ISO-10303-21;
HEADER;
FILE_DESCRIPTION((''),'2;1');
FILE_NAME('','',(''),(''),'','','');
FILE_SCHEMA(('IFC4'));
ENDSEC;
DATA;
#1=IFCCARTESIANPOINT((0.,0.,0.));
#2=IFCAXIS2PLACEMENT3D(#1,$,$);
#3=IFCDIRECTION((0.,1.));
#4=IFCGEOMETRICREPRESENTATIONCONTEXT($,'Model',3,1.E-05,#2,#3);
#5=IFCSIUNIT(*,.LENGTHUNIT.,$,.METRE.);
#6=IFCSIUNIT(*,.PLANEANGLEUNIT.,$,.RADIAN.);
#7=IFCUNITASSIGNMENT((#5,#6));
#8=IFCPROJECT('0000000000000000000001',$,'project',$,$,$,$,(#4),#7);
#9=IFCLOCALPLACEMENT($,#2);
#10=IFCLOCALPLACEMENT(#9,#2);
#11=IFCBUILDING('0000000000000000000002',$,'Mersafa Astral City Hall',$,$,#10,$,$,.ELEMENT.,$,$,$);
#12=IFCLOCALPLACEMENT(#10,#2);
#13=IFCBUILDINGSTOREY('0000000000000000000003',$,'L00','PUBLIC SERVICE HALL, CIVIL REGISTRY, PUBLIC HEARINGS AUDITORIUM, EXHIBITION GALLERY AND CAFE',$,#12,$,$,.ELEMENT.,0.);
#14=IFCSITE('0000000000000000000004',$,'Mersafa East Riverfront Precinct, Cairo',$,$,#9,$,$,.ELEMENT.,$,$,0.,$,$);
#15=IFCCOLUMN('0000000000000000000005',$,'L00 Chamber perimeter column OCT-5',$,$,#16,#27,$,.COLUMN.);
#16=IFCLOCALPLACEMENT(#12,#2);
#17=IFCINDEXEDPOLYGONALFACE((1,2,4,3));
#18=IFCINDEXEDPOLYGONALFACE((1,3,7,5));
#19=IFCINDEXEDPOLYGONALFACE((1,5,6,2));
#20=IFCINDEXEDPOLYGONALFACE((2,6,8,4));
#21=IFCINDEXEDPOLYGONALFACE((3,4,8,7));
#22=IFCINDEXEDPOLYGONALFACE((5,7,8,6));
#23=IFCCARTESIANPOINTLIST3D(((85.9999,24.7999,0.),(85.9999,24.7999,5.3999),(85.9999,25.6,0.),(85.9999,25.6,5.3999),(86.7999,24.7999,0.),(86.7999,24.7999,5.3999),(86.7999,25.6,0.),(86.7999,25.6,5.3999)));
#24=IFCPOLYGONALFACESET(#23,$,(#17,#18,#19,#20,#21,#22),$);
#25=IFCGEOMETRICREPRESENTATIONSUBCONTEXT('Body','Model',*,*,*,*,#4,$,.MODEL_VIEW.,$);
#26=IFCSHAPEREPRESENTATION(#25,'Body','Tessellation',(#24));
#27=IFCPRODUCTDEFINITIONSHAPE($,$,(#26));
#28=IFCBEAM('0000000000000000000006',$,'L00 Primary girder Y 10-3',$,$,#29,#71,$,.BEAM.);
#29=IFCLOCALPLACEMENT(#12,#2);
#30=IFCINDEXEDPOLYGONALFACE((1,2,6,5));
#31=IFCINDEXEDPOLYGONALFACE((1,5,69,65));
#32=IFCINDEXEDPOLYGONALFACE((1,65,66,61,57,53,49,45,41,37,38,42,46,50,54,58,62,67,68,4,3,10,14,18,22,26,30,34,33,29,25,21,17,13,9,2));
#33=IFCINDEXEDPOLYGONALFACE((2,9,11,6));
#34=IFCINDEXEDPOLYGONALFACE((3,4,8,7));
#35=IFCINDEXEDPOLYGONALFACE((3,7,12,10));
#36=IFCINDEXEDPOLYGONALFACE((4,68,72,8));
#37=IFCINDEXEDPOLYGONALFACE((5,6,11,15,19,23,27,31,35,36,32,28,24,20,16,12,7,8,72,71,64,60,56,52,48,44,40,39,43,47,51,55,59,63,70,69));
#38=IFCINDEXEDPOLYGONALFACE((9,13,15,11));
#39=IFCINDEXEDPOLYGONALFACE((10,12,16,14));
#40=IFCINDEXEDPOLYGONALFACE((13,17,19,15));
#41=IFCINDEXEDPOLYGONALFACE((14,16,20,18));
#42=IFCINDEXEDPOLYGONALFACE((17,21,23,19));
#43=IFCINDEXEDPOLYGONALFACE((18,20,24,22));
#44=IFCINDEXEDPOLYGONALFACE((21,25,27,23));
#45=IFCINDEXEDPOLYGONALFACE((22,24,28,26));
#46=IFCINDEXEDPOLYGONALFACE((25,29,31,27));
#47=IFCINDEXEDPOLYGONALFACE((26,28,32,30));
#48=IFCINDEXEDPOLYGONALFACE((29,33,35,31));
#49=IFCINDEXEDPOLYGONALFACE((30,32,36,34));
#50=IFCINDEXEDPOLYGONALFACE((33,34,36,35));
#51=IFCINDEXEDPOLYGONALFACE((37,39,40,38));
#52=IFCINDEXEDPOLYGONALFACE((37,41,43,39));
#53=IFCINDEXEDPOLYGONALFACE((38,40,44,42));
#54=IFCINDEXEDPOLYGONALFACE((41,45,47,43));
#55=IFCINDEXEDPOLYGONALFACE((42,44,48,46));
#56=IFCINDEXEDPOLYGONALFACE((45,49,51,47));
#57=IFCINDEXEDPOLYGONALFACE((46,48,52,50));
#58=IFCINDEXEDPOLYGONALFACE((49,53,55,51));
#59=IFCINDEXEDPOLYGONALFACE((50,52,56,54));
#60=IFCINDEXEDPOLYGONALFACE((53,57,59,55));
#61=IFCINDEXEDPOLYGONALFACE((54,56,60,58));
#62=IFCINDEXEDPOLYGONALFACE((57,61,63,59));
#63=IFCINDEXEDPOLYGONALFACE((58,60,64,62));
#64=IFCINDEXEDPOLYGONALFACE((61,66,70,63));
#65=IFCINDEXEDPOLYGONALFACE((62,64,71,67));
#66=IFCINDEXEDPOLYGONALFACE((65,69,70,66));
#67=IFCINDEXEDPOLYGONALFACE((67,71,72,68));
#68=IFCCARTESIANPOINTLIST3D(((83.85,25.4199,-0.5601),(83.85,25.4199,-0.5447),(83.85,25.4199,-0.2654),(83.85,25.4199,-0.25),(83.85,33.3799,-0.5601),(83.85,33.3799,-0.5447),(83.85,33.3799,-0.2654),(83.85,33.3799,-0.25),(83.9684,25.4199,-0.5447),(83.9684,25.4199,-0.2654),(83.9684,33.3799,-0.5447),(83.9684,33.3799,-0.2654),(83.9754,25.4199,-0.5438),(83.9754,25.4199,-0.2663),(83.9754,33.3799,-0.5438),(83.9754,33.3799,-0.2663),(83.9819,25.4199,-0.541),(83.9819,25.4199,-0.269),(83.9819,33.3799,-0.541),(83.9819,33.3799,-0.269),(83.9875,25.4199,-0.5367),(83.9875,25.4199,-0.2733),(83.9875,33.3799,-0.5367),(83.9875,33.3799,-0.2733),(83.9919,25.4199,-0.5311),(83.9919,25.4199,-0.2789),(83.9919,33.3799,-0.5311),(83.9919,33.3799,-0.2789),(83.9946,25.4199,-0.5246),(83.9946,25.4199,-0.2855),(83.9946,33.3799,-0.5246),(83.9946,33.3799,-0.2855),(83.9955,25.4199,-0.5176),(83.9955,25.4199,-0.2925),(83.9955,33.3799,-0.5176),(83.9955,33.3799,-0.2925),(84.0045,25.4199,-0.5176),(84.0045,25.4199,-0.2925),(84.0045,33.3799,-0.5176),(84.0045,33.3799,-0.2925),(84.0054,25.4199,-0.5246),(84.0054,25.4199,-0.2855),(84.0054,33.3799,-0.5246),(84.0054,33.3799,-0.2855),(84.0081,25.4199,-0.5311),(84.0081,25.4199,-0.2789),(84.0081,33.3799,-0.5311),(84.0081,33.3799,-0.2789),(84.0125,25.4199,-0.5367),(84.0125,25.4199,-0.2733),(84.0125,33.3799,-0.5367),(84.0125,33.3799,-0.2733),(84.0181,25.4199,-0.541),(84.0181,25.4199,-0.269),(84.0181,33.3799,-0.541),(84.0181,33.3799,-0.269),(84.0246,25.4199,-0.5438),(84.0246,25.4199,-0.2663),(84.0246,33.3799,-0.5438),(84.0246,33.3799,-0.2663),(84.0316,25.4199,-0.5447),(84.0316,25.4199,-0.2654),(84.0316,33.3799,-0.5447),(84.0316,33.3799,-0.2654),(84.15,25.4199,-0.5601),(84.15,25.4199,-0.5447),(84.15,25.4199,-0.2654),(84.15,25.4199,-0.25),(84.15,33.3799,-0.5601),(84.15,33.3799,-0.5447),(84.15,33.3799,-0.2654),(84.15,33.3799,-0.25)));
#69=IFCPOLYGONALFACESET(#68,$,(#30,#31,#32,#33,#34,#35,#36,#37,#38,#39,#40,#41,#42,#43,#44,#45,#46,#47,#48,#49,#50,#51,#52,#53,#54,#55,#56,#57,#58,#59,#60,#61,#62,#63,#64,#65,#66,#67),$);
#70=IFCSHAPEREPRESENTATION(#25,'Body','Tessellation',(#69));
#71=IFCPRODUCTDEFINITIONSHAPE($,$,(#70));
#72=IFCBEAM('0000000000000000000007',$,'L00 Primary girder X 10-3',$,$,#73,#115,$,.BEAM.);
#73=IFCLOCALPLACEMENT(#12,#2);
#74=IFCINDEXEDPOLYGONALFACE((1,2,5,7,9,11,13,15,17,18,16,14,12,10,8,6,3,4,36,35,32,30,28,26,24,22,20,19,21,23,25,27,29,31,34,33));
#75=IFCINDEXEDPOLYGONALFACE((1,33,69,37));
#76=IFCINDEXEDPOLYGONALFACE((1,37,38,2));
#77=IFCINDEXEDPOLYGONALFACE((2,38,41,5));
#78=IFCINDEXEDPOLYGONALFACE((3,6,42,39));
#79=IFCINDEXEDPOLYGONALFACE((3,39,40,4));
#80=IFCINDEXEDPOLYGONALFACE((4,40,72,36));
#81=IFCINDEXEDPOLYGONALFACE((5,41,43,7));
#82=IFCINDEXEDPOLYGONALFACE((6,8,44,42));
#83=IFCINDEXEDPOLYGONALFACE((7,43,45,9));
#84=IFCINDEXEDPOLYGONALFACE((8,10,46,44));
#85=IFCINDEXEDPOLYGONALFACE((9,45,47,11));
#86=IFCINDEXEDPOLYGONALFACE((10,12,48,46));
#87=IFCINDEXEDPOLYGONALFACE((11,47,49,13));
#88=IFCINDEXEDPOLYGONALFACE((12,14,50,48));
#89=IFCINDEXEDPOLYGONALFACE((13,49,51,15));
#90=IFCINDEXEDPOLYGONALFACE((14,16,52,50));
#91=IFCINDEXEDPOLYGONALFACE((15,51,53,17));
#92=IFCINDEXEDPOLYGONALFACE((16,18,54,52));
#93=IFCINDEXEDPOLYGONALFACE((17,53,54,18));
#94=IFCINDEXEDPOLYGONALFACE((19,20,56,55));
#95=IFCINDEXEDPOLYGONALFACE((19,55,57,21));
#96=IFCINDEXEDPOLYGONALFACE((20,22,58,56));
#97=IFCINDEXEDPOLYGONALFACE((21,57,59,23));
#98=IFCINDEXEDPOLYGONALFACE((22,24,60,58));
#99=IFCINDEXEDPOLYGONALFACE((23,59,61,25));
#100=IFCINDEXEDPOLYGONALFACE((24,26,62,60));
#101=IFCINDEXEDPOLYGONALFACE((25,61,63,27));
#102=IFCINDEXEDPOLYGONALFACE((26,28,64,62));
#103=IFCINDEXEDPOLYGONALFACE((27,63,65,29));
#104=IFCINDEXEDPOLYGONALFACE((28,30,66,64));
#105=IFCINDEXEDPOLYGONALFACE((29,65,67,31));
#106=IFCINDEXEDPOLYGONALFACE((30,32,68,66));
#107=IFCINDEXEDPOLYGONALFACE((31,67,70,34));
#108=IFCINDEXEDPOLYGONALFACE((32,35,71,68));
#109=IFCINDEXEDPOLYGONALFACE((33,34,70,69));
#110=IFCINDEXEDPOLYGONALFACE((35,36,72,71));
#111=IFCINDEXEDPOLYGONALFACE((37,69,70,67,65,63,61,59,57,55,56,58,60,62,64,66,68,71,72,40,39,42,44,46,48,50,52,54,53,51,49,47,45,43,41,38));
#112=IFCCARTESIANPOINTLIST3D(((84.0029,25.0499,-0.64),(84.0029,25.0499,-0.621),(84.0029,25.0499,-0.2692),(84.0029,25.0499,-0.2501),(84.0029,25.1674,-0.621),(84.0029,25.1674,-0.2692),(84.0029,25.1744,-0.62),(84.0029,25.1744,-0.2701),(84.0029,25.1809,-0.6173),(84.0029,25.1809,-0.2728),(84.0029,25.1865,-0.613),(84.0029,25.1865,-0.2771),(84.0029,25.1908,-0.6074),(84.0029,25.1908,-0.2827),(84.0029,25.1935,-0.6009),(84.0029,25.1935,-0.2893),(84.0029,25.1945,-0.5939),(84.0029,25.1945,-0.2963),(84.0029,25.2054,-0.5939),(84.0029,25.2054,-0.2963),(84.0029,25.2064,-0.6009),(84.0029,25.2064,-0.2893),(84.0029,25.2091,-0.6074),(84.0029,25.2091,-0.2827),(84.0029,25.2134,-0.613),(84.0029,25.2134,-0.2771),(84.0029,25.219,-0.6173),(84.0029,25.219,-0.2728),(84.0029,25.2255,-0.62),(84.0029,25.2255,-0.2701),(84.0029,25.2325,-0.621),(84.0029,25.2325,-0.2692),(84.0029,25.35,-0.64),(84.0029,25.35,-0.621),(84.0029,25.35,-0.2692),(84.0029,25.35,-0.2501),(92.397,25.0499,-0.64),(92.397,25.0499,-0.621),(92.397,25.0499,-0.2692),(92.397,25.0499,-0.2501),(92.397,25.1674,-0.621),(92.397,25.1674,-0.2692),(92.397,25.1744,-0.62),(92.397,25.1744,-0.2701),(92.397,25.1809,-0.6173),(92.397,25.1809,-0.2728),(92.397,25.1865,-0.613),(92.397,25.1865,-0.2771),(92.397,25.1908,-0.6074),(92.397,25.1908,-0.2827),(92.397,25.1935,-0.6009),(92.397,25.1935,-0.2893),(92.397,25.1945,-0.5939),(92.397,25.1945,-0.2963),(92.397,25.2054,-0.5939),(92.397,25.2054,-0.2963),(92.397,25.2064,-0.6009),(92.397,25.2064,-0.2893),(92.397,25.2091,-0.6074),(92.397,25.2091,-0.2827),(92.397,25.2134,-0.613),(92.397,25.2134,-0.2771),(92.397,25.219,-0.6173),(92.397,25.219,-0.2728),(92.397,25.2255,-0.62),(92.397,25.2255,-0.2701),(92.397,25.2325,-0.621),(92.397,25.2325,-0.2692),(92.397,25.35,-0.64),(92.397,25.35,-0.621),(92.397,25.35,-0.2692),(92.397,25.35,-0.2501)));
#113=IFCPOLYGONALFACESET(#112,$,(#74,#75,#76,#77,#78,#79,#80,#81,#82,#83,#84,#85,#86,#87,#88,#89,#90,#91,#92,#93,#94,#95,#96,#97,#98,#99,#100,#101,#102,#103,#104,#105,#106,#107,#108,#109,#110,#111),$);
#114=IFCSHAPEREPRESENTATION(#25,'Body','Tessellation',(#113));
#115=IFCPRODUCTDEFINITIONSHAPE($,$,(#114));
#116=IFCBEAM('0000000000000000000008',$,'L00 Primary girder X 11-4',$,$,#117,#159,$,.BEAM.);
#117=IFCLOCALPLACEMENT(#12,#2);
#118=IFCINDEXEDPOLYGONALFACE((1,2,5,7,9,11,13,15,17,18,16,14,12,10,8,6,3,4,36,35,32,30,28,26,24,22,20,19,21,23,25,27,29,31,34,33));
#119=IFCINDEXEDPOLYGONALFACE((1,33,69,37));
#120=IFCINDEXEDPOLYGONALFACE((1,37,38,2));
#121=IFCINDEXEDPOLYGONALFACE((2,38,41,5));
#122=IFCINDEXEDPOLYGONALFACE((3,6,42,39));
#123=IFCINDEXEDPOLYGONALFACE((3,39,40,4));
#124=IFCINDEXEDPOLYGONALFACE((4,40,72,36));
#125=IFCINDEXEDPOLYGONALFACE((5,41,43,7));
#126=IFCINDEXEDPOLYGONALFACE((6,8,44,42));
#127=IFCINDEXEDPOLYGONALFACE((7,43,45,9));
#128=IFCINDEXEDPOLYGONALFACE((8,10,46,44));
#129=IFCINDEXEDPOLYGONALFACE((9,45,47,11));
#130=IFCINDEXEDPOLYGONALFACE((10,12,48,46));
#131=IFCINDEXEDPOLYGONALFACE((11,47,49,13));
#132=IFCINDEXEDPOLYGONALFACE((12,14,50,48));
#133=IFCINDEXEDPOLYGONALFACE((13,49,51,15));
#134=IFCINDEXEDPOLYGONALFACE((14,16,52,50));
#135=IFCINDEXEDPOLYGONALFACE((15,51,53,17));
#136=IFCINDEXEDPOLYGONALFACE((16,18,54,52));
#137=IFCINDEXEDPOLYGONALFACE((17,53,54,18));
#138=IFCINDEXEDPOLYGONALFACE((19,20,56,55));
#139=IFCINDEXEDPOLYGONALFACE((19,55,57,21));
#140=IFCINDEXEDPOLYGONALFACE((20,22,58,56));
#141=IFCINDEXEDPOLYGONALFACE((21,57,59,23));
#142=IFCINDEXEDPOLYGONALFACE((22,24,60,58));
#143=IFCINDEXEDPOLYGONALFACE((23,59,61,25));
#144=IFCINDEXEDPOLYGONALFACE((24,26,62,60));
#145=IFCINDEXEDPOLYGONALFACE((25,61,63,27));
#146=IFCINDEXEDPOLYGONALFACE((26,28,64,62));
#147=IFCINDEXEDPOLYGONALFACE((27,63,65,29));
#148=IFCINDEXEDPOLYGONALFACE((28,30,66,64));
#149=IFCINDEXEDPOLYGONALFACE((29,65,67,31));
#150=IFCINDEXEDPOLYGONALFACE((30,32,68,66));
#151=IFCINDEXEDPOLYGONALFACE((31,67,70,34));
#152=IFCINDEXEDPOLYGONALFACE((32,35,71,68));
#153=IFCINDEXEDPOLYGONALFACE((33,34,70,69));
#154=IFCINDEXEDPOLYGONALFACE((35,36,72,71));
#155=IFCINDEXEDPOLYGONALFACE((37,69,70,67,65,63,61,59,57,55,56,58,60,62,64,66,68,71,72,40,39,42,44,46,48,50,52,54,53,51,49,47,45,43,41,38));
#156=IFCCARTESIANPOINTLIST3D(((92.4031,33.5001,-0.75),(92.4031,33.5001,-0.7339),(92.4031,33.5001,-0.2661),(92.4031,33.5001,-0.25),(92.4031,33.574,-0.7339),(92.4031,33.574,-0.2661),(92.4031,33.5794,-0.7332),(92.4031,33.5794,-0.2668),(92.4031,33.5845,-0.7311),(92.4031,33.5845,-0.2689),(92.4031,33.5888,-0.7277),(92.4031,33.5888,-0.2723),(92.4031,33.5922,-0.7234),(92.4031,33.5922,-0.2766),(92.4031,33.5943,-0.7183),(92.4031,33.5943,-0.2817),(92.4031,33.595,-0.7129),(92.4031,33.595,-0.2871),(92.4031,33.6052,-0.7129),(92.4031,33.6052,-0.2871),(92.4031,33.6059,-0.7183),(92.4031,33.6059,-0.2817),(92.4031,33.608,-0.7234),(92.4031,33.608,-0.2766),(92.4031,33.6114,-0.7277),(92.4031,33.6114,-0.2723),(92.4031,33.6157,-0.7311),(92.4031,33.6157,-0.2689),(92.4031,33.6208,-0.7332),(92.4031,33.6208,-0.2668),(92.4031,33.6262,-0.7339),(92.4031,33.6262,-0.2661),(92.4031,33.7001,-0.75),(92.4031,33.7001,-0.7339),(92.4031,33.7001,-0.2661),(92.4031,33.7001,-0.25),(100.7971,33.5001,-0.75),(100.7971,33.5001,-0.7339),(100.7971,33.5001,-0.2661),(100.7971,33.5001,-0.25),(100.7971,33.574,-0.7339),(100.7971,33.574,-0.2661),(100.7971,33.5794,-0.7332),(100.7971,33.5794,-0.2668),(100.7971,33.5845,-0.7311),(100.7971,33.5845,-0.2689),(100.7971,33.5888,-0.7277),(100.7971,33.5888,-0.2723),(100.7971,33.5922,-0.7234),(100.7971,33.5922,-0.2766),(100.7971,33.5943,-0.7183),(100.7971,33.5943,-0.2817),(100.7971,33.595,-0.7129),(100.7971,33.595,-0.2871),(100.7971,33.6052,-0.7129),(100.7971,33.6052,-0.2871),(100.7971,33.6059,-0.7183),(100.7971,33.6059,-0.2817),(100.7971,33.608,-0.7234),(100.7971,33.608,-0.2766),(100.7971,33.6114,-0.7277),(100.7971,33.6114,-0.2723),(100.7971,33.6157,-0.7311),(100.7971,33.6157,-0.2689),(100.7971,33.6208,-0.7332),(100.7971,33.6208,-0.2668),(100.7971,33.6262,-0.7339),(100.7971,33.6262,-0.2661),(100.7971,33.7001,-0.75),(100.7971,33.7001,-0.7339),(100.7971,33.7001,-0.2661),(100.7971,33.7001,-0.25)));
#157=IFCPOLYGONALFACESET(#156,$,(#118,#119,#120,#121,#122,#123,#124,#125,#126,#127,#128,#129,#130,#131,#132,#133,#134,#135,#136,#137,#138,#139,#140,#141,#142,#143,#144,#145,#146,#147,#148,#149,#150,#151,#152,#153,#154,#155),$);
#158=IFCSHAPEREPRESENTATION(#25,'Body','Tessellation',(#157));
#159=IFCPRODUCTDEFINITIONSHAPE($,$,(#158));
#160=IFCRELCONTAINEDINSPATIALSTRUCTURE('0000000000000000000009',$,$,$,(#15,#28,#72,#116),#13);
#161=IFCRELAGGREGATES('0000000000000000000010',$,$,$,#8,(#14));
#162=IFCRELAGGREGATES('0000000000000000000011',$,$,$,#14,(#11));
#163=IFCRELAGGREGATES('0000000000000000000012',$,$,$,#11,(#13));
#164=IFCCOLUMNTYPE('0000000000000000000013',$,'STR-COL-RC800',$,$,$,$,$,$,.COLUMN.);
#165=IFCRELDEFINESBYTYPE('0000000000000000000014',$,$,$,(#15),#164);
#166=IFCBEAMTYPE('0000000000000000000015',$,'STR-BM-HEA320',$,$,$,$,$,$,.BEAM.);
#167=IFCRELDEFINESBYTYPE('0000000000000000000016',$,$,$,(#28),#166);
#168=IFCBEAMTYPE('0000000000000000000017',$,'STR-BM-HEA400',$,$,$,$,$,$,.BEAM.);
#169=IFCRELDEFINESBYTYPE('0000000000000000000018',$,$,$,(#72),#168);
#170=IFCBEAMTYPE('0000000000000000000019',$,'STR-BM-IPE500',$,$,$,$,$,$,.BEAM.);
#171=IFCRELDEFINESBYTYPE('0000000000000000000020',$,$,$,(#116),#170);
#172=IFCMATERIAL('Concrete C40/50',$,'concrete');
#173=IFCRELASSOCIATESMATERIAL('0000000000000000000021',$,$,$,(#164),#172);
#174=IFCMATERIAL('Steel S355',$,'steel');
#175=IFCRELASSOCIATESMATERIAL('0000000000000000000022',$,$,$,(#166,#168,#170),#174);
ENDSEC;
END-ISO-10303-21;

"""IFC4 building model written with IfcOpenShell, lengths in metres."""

from ifc_helpers import new_model, si_unit, direction, frame, origin, origin_2d, place, context, subcontext, project, spatial, rectangle, i_section, extrude, material, material_profile, profile_set, type_object, element, save


model = new_model("IFC4")

# Units and contexts
model_context = context("Model", 3, precision=1e-05, world=origin(), true_north=direction((0.0, 1.0)))
body_context = subcontext(model_context, "Body", "Model", "MODEL_VIEW")
ifc_project = project(units=[si_unit("LENGTHUNIT", "METRE"), si_unit("PLANEANGLEUNIT", "RADIAN")], contexts=[model_context])

# Site, building, storey
site_placement = place(None, origin())
site = spatial("IfcSite", under=ifc_project, at=site_placement, Name="Mersafa East Riverfront Precinct, Cairo", CompositionType="ELEMENT", RefElevation=0.0)
building_placement = place(site_placement, origin())
building = spatial("IfcBuilding", under=site, at=building_placement, Name="Mersafa Astral City Hall", CompositionType="ELEMENT")
storey_placement = place(building_placement, origin())
storey = spatial("IfcBuildingStorey", under=building, at=storey_placement, Name="L00", Description="PUBLIC SERVICE HALL, CIVIL REGISTRY, PUBLIC HEARINGS AUDITORIUM, EXHIBITION GALLERY AND CAFE", CompositionType="ELEMENT", Elevation=0.0)

# Column
ifc_material_1 = material(Name="Steel S355", Category="steel")
ifc_material_2 = material(Name="Concrete C40/50", Category="concrete")
ifc_material_profile_1 = material_profile(ifc_material_2, rectangle(XDim=0.8, YDim=0.8, at=origin_2d()), Name="RC 800x800")
ifc_profile_set_1 = profile_set([ifc_material_profile_1], Name="Concrete C40/50")
column_type_1 = type_object("IfcColumnType", Name="STR-COL-RC800", PredefinedType="COLUMN", material=ifc_profile_set_1)
column_placement = place(storey_placement, frame((86.3999, 25.2, 0.0), z_axis=(0.0, 0.0, 1.0), x_axis=(1.0, 0.0, 0.0)))
element("IfcColumn", 1, at=column_placement, inside=storey, type_object=column_type_1, Name="L00 Chamber perimeter column OCT-5", PredefinedType="COLUMN", context=body_context, shape_type="SweptSolid", body=[
    extrude(rectangle(XDim=0.8, YDim=0.8, at=origin_2d()), origin(), (0.0, 0.0, 1.0), 5.3999),
])

# Beams
ifc_material_profile_2 = material_profile(ifc_material_1, i_section(OverallWidth=0.3, OverallDepth=0.3101, WebThickness=0.009, FlangeThickness=0.0154, FilletRadius=0.0271, at=origin_2d()), Name="HEA 320")
ifc_profile_set_2 = profile_set([ifc_material_profile_2], Name="Steel S355")
beam_type_1 = type_object("IfcBeamType", Name="STR-BM-HEA320", PredefinedType="BEAM", material=ifc_profile_set_2)
beam_1_placement = place(storey_placement, frame((84.0, 25.4199, -0.405), z_axis=(0.0, 1.0, 0.0), x_axis=(-1.0, 0.0, 0.0)))
element("IfcBeam", 2, at=beam_1_placement, inside=storey, type_object=beam_type_1, Name="L00 Primary girder Y 10-3", PredefinedType="BEAM", context=body_context, shape_type="SweptSolid", body=[
    extrude(i_section(OverallWidth=0.3, OverallDepth=0.3101, WebThickness=0.009, FlangeThickness=0.0154, FilletRadius=0.0271, at=origin_2d()), origin(), (0.0, 0.0, 1.0), 7.96),
])
ifc_material_profile_3 = material_profile(ifc_material_1, i_section(OverallWidth=0.3, OverallDepth=0.3899, WebThickness=0.011, FlangeThickness=0.019, FilletRadius=0.0271, at=origin_2d()), Name="HEA 400")
ifc_profile_set_3 = profile_set([ifc_material_profile_3], Name="Steel S355")
beam_type_2 = type_object("IfcBeamType", Name="STR-BM-HEA400", PredefinedType="BEAM", material=ifc_profile_set_3)
beam_2_placement = place(storey_placement, frame((84.0029, 25.2, -0.4451), z_axis=(1.0, 0.0, 0.0), x_axis=(0.0, 1.0, 0.0)))
element("IfcBeam", 3, at=beam_2_placement, inside=storey, type_object=beam_type_2, Name="L00 Primary girder X 10-3", PredefinedType="BEAM", context=body_context, shape_type="SweptSolid", body=[
    extrude(i_section(OverallWidth=0.3, OverallDepth=0.3899, WebThickness=0.011, FlangeThickness=0.019, FilletRadius=0.0271, at=origin_2d()), origin(), (0.0, 0.0, 1.0), 8.394),
])
ifc_material_profile_4 = material_profile(ifc_material_1, i_section(OverallWidth=0.2, OverallDepth=0.5, WebThickness=0.0103, FlangeThickness=0.0161, FilletRadius=0.021, at=origin_2d()), Name="IPE 500")
ifc_profile_set_4 = profile_set([ifc_material_profile_4], Name="Steel S355")
beam_type_3 = type_object("IfcBeamType", Name="STR-BM-IPE500", PredefinedType="BEAM", material=ifc_profile_set_4)
beam_3_placement = place(storey_placement, frame((92.4031, 33.6001, -0.5), z_axis=(1.0, 0.0, 0.0), x_axis=(0.0, 1.0, 0.0)))
element("IfcBeam", 4, at=beam_3_placement, inside=storey, type_object=beam_type_3, Name="L00 Primary girder X 11-4", PredefinedType="BEAM", context=body_context, shape_type="SweptSolid", body=[
    extrude(i_section(OverallWidth=0.2, OverallDepth=0.5, WebThickness=0.0103, FlangeThickness=0.0161, FilletRadius=0.021, at=origin_2d()), origin(), (0.0, 0.0, 1.0), 8.394),
])

save(model, "model.ifc")
